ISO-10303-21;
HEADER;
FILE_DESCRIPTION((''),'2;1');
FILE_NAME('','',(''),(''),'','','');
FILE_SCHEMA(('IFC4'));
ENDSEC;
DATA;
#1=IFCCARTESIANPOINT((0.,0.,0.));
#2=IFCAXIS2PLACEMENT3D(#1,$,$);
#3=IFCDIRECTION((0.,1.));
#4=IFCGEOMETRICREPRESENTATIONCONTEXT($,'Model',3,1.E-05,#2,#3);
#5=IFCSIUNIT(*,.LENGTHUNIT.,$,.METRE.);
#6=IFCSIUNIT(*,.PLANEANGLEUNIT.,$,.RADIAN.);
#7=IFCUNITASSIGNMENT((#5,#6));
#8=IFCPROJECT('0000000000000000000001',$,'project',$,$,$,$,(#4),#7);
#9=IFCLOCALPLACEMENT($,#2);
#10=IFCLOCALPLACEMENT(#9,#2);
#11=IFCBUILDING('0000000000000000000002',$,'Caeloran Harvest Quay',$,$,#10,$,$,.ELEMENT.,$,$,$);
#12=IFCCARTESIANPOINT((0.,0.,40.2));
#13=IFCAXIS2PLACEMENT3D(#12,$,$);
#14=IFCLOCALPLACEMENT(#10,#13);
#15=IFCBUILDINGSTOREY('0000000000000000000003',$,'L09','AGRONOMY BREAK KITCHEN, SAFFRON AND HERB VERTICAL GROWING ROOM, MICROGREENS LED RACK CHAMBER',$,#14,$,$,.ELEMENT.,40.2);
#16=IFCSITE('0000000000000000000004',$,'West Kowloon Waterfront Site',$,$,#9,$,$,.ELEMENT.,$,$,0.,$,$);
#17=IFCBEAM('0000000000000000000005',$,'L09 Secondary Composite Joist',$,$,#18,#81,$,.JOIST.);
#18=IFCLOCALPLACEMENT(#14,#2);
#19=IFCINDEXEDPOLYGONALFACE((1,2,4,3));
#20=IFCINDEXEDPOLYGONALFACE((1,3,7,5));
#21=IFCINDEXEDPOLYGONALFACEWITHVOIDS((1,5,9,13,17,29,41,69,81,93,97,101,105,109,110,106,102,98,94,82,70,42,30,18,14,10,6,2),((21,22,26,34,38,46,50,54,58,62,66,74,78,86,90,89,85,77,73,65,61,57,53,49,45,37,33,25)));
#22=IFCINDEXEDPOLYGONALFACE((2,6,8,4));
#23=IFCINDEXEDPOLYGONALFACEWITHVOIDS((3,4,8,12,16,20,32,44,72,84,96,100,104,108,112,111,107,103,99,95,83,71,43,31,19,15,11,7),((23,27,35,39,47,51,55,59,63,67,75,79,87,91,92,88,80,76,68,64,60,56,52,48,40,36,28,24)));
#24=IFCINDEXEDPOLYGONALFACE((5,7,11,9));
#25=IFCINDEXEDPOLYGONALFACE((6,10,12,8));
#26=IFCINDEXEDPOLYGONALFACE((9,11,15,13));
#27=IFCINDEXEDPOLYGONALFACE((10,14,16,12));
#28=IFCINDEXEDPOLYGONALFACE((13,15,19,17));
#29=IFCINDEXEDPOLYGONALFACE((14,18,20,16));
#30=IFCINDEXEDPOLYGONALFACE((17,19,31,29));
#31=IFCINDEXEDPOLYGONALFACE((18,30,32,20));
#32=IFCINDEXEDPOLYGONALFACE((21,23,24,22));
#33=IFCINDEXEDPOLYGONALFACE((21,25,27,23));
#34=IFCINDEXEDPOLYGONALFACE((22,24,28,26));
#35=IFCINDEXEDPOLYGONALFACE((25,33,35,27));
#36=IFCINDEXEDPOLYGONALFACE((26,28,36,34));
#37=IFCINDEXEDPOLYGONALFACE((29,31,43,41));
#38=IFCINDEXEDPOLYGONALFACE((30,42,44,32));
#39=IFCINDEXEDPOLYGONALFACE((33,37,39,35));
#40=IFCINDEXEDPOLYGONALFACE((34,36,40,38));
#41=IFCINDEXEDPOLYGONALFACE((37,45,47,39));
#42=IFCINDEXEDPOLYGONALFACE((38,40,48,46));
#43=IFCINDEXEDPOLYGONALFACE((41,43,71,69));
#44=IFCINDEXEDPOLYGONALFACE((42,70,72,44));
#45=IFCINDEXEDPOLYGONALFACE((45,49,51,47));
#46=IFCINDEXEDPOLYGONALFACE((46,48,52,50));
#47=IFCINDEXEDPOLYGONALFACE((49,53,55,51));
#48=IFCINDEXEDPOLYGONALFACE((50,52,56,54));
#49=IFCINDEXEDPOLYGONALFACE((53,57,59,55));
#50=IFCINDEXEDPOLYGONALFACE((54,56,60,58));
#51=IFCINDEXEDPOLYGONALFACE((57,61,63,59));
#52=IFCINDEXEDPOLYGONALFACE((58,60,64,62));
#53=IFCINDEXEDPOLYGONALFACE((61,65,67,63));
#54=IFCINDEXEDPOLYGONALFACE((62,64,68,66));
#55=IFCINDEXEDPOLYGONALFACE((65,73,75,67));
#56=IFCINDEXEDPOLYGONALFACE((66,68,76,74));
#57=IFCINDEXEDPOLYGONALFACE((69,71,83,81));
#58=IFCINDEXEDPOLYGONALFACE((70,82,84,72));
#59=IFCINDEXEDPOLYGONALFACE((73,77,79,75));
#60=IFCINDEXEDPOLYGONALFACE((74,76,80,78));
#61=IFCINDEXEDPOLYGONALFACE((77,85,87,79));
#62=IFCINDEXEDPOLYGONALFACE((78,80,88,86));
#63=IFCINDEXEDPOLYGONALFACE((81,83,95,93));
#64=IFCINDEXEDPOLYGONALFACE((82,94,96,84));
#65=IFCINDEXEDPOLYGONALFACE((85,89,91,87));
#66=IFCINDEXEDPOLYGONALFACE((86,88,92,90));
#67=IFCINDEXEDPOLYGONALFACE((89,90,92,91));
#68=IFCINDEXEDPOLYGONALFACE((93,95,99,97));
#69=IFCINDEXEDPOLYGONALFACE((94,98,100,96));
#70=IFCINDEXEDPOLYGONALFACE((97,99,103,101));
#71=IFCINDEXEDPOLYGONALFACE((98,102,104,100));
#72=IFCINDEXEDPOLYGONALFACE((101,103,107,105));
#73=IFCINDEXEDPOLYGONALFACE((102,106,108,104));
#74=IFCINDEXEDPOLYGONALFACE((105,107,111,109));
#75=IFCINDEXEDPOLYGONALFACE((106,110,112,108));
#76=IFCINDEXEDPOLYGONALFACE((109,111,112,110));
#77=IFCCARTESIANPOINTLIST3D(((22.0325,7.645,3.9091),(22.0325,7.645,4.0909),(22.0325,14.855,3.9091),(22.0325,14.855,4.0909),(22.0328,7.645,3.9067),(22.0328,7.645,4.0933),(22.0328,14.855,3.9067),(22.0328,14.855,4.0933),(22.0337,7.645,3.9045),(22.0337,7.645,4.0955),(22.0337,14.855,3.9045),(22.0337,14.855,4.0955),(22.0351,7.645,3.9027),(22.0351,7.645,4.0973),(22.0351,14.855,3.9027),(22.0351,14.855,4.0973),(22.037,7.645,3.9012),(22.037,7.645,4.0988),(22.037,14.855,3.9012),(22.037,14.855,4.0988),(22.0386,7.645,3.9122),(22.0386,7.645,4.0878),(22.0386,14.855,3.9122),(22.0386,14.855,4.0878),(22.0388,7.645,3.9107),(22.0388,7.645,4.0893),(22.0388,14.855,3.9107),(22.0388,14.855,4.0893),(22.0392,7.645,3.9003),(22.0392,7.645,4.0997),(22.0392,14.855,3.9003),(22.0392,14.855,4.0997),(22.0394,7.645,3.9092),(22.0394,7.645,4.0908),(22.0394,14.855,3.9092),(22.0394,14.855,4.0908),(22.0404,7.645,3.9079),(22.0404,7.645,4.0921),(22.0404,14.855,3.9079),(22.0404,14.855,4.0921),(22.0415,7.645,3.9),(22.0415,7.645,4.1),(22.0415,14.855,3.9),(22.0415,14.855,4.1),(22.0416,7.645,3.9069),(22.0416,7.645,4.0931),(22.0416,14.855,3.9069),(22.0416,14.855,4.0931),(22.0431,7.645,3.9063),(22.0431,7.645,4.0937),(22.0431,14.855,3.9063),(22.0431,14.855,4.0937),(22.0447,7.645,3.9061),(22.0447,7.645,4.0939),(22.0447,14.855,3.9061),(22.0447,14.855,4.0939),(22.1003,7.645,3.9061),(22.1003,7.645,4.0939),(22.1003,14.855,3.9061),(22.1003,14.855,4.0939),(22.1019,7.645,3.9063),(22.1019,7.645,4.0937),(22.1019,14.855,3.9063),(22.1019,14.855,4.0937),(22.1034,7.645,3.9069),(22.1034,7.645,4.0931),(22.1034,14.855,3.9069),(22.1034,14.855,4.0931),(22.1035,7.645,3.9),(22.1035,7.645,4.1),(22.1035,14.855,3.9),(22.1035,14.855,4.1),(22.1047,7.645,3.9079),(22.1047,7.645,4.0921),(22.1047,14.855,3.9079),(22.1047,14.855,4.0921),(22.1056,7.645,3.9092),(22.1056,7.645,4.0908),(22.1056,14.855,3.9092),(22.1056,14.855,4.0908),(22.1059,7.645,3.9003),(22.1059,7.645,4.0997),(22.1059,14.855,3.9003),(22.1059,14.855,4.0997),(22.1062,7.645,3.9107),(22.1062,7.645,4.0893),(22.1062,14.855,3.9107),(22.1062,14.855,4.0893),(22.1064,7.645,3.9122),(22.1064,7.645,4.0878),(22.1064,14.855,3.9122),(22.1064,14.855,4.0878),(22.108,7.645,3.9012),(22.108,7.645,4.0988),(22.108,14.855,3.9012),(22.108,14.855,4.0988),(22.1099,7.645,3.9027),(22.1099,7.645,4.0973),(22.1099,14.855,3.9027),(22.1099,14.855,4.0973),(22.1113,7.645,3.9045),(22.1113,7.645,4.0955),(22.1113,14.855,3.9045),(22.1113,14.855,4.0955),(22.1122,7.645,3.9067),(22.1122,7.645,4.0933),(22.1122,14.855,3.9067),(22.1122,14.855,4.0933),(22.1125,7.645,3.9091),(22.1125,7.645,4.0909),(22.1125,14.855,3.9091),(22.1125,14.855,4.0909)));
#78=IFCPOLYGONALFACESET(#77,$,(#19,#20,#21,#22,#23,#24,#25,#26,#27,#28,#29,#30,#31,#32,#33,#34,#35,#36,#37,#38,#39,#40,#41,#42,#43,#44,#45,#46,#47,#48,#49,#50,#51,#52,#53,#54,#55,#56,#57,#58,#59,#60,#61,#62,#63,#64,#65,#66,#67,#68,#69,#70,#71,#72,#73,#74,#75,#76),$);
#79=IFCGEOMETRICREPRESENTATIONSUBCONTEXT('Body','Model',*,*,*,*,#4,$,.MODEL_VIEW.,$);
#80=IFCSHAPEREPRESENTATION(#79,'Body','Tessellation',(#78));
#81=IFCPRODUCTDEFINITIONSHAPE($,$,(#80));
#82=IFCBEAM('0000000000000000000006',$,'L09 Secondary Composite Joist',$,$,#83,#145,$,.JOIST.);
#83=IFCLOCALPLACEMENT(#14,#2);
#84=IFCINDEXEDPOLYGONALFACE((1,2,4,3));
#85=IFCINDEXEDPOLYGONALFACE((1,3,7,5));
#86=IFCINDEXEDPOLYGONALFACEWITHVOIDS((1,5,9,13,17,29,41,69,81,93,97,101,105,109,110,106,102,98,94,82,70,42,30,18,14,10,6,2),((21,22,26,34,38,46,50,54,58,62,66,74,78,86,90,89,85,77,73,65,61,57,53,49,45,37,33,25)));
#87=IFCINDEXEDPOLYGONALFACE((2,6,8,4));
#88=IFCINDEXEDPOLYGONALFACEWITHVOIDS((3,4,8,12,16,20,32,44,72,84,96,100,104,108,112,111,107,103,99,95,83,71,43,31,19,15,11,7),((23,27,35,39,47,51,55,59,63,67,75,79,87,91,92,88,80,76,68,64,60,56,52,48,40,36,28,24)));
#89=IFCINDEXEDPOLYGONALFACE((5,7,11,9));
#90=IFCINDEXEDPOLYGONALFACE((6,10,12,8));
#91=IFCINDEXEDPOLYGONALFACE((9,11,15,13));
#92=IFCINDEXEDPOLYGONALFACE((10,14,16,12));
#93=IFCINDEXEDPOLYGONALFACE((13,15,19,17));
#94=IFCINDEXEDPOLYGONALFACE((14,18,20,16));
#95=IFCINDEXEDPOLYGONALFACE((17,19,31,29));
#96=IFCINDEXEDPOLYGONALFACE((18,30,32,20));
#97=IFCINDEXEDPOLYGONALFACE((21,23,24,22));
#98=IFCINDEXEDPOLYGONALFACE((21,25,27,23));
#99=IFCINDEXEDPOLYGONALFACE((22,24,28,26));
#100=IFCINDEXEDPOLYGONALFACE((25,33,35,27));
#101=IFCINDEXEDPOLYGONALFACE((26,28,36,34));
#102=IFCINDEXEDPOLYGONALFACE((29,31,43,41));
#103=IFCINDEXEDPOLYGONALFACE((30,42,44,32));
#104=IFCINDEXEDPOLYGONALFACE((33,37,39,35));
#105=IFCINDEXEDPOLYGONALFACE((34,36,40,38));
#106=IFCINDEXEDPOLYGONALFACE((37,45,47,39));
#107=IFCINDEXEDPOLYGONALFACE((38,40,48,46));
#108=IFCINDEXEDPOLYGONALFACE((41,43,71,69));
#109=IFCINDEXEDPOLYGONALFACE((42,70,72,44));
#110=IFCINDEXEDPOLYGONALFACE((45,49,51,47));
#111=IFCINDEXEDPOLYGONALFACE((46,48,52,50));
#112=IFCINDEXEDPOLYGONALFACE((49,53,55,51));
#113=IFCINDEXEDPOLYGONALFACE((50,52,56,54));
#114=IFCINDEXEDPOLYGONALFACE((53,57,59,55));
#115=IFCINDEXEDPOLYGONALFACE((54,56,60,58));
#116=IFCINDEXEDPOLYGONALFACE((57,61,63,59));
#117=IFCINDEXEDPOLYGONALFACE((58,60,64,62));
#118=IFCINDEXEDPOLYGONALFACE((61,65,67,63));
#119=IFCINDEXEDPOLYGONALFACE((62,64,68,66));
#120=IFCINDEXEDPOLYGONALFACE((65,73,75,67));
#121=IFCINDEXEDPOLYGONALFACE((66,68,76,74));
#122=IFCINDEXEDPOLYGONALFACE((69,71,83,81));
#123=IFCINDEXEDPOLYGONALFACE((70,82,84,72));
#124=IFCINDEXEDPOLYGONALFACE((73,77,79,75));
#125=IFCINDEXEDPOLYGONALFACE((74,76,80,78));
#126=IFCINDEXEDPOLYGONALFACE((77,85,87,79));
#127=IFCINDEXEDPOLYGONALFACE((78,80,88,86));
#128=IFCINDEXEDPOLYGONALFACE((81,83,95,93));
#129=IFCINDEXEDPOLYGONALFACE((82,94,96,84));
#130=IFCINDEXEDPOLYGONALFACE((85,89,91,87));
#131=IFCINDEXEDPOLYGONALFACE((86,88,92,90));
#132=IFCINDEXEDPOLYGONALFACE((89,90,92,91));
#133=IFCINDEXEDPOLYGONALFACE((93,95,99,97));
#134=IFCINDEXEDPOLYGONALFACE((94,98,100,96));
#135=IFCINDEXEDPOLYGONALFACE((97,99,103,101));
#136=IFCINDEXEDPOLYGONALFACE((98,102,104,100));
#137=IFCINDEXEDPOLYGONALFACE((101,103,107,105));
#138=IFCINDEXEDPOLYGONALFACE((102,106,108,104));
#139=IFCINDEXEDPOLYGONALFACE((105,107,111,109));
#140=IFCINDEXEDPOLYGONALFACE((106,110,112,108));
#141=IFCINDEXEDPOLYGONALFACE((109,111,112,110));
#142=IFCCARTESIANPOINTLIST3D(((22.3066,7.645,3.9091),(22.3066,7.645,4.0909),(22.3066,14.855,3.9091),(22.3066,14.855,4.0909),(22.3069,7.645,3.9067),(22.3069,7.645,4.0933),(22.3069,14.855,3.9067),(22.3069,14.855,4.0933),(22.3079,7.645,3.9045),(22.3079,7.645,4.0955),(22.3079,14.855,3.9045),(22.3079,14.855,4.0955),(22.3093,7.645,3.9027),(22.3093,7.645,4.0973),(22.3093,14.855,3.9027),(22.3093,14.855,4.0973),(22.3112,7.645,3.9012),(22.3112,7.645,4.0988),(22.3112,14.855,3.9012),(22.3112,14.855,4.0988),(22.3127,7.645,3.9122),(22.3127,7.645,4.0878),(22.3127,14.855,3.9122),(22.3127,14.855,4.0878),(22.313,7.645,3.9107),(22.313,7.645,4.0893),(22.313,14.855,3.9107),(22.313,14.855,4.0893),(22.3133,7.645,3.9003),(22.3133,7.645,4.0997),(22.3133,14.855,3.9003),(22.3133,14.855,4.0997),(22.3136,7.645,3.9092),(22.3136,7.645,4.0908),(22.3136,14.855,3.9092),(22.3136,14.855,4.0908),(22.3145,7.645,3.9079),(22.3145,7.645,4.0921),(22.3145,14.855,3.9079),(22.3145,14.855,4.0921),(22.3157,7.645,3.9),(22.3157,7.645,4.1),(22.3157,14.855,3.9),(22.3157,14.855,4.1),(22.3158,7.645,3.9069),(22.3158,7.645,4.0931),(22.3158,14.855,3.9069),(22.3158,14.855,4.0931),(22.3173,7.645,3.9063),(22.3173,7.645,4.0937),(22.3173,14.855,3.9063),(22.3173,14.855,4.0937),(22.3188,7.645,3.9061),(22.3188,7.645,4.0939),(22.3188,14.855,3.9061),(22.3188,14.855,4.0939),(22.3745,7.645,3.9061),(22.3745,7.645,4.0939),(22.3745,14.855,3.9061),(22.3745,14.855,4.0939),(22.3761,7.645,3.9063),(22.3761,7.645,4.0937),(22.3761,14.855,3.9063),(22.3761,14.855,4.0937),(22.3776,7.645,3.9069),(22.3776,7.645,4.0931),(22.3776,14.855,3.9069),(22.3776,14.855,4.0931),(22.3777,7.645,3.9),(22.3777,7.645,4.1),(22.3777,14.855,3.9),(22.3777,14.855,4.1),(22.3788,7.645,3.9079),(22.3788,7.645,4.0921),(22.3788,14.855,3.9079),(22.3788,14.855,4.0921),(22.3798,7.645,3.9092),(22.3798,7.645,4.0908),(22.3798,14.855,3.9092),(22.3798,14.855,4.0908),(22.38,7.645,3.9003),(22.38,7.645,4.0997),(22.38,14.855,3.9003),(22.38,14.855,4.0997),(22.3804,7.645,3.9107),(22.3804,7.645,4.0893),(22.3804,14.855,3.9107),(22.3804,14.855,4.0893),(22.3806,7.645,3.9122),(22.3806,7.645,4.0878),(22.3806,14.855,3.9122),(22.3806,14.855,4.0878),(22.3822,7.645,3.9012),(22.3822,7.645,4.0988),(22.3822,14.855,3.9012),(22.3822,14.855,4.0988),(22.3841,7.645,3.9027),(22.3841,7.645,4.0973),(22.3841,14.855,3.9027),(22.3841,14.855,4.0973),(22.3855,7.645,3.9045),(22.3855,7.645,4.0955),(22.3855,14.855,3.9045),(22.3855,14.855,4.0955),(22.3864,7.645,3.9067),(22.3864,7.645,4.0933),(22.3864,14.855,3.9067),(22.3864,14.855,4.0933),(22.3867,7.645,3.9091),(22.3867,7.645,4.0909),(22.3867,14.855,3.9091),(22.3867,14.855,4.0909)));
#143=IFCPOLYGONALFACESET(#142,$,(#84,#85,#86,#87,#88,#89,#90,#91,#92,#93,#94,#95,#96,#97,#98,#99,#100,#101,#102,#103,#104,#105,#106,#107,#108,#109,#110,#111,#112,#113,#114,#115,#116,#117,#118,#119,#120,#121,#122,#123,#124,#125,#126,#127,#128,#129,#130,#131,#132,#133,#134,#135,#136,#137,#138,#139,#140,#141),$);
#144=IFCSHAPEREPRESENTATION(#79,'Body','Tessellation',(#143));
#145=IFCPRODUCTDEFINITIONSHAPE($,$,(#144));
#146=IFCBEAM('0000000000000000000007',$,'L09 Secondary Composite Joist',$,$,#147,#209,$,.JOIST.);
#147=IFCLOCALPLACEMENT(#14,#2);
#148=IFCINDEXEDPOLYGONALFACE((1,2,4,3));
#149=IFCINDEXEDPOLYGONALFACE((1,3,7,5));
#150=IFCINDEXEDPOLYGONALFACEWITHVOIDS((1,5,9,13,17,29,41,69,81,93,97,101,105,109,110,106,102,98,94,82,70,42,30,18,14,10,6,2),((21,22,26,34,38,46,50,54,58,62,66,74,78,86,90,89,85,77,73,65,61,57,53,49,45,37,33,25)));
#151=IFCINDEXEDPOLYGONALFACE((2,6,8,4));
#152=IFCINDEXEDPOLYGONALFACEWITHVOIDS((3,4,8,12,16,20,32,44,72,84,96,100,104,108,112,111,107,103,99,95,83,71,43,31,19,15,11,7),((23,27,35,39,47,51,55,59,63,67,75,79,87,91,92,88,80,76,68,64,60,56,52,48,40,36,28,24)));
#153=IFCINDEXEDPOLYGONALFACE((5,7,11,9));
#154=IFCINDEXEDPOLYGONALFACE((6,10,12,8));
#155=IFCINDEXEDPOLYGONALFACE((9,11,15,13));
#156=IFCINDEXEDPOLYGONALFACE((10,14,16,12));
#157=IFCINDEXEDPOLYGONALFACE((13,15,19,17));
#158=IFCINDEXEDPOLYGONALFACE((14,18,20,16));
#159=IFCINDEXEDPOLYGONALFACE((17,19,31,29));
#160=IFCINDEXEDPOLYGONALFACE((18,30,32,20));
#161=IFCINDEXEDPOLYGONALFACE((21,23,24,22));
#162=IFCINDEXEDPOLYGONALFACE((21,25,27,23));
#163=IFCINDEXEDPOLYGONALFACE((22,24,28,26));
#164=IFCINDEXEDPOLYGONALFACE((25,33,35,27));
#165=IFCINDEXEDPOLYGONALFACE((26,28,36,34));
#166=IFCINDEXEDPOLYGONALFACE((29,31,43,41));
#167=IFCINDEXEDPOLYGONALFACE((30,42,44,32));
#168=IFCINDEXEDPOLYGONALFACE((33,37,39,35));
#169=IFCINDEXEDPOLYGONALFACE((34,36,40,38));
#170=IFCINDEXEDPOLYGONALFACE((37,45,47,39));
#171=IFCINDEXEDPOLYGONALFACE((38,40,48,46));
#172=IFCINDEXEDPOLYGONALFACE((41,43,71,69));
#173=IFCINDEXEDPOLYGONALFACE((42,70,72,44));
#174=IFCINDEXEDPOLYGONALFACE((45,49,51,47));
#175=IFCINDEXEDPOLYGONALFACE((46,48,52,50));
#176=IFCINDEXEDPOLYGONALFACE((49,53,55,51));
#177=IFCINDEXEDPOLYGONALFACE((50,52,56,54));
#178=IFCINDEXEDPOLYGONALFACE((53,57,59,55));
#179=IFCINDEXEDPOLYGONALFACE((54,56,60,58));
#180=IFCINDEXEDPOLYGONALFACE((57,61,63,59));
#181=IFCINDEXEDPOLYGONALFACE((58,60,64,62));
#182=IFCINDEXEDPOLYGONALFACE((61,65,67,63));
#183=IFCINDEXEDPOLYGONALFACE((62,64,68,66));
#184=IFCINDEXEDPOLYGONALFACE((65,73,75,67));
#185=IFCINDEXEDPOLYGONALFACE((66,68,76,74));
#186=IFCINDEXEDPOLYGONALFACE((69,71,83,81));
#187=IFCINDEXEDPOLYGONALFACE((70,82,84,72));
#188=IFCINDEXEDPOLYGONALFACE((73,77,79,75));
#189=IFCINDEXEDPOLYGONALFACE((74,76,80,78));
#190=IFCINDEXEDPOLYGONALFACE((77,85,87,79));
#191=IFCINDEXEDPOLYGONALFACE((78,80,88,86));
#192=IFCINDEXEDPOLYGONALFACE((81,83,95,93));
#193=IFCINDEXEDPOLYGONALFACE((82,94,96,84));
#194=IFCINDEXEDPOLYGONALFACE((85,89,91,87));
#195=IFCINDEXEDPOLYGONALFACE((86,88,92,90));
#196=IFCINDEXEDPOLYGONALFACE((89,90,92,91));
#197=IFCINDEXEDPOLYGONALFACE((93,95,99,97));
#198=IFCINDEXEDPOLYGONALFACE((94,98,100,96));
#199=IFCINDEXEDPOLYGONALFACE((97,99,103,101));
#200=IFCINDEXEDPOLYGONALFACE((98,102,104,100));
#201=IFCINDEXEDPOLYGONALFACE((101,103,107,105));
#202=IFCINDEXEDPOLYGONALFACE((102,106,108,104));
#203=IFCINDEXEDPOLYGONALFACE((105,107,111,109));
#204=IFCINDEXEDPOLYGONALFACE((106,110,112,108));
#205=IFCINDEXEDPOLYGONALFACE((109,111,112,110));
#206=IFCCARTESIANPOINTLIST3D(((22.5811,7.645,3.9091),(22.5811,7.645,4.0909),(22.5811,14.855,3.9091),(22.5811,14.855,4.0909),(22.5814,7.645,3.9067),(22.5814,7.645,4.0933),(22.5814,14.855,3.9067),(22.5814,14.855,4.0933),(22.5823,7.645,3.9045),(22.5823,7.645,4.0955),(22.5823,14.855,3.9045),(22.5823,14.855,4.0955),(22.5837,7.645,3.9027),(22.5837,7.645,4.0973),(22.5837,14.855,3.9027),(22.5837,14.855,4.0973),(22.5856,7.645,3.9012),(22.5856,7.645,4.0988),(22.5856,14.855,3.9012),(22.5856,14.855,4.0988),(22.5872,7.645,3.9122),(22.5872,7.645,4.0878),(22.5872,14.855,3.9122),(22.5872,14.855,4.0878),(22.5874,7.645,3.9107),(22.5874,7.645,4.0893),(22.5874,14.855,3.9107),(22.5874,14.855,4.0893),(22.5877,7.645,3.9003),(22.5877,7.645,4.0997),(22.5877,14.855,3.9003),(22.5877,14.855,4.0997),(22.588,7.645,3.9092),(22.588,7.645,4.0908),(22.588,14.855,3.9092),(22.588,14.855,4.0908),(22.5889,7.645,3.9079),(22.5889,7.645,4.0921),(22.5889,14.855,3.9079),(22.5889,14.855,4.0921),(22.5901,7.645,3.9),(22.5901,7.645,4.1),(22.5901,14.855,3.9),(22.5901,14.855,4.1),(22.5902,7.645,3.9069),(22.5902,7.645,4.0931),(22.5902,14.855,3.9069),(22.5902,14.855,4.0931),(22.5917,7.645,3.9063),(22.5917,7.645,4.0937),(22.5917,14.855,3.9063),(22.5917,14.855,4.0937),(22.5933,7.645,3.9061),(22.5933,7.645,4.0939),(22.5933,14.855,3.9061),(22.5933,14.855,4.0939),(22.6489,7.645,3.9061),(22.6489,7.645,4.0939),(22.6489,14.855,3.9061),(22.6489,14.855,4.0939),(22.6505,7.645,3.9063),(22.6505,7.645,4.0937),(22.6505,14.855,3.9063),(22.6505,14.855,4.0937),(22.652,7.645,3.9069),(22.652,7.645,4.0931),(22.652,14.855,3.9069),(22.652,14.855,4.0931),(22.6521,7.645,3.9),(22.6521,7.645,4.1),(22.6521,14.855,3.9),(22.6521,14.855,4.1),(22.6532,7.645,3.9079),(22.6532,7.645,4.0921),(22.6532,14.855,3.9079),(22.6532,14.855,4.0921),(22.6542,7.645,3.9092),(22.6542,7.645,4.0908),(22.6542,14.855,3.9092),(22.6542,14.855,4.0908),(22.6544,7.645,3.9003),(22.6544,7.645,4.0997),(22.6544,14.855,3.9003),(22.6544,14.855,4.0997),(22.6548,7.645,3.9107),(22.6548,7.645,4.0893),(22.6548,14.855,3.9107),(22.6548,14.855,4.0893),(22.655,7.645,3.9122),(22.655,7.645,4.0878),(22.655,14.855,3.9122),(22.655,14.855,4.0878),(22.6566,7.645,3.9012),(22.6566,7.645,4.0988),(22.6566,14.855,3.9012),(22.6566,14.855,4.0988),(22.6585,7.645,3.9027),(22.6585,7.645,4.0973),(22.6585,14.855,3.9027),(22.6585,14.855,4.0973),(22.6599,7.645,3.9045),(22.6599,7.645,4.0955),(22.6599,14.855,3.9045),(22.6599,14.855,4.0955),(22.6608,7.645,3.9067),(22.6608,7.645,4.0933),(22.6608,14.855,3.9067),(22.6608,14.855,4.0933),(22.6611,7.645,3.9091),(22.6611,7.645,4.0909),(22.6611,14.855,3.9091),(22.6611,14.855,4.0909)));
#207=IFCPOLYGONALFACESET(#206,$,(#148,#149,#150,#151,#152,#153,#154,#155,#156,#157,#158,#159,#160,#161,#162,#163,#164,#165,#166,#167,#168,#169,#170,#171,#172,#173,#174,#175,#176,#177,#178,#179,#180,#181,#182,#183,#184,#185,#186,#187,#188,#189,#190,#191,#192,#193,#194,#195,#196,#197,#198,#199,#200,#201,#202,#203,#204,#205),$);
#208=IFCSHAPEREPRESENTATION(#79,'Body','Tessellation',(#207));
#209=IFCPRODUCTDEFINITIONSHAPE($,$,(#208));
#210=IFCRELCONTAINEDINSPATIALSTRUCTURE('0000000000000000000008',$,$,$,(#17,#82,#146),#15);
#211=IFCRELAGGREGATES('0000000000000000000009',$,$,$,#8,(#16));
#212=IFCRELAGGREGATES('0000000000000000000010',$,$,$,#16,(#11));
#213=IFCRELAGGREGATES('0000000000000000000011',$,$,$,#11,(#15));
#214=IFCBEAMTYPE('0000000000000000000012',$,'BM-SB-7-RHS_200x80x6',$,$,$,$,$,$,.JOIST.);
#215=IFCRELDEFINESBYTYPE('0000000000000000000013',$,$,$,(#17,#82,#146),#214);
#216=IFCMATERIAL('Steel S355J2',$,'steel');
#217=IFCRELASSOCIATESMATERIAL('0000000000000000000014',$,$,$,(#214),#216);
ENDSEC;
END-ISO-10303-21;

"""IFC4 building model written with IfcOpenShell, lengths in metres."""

from ifc_helpers import new_model, si_unit, direction, frame, origin, origin_2d, place, context, subcontext, project, spatial, hollow_rectangle, extrude, material, material_profile, profile_set, type_object, element, save


model = new_model("IFC4")

# Units and contexts
model_context = context("Model", 3, precision=1e-05, world=origin(), true_north=direction((0.0, 1.0)))
body_context = subcontext(model_context, "Body", "Model", "MODEL_VIEW")
ifc_project = project(units=[si_unit("LENGTHUNIT", "METRE"), si_unit("PLANEANGLEUNIT", "RADIAN")], contexts=[model_context])

# Site, building, storey
site_placement = place(None, origin())
site = spatial("IfcSite", under=ifc_project, at=site_placement, Name="West Kowloon Waterfront Site", CompositionType="ELEMENT", RefElevation=0.0)
building_placement = place(site_placement, origin())
building = spatial("IfcBuilding", under=site, at=building_placement, Name="Caeloran Harvest Quay", CompositionType="ELEMENT")
storey_placement = place(building_placement, frame((0.0, 0.0, 40.2)))
storey = spatial("IfcBuildingStorey", under=building, at=storey_placement, Name="L09", Description="AGRONOMY BREAK KITCHEN, SAFFRON AND HERB VERTICAL GROWING ROOM, MICROGREENS LED RACK CHAMBER", CompositionType="ELEMENT", Elevation=40.2)

# Beams
ifc_material_1 = material(Name="Steel S355J2", Category="steel")
ifc_material_profile_1 = material_profile(ifc_material_1, hollow_rectangle(XDim=0.0801, YDim=0.2, WallThickness=0.0061, InnerFilletRadius=0.0061, OuterFilletRadius=0.009, at=origin_2d()), Name="RHS 200x80x6")
ifc_profile_set_1 = profile_set([ifc_material_profile_1], Name="Steel S355J2")
beam_type_1 = type_object("IfcBeamType", Name="BM-SB-7-RHS_200x80x6", PredefinedType="JOIST", material=ifc_profile_set_1)
for number, where, z_axis, x_axis, name in (
    (1, (22.0725, 7.645, 4.0), (0.0, 1.0, 0.0), (-1.0, 0.0, 0.0), "L09 Secondary Composite Joist"),
    (2, (22.3467, 7.645, 4.0), (0.0, 1.0, 0.0), (-1.0, 0.0, 0.0), "L09 Secondary Composite Joist"),
    (3, (22.6211, 7.645, 4.0), (0.0, 1.0, 0.0), (-1.0, 0.0, 0.0), "L09 Secondary Composite Joist"),
):
    element("IfcBeam", number, at=place(storey_placement, frame(where, z_axis=z_axis, x_axis=x_axis)), inside=storey, type_object=beam_type_1, Name=name, PredefinedType="JOIST", context=body_context, shape_type="SweptSolid", body=[
        extrude(hollow_rectangle(XDim=0.0801, YDim=0.2, WallThickness=0.0061, InnerFilletRadius=0.0061, OuterFilletRadius=0.009, at=origin_2d()), origin(), (0.0, 0.0, 1.0), 7.21),
    ])

save(model, "model.ifc")
